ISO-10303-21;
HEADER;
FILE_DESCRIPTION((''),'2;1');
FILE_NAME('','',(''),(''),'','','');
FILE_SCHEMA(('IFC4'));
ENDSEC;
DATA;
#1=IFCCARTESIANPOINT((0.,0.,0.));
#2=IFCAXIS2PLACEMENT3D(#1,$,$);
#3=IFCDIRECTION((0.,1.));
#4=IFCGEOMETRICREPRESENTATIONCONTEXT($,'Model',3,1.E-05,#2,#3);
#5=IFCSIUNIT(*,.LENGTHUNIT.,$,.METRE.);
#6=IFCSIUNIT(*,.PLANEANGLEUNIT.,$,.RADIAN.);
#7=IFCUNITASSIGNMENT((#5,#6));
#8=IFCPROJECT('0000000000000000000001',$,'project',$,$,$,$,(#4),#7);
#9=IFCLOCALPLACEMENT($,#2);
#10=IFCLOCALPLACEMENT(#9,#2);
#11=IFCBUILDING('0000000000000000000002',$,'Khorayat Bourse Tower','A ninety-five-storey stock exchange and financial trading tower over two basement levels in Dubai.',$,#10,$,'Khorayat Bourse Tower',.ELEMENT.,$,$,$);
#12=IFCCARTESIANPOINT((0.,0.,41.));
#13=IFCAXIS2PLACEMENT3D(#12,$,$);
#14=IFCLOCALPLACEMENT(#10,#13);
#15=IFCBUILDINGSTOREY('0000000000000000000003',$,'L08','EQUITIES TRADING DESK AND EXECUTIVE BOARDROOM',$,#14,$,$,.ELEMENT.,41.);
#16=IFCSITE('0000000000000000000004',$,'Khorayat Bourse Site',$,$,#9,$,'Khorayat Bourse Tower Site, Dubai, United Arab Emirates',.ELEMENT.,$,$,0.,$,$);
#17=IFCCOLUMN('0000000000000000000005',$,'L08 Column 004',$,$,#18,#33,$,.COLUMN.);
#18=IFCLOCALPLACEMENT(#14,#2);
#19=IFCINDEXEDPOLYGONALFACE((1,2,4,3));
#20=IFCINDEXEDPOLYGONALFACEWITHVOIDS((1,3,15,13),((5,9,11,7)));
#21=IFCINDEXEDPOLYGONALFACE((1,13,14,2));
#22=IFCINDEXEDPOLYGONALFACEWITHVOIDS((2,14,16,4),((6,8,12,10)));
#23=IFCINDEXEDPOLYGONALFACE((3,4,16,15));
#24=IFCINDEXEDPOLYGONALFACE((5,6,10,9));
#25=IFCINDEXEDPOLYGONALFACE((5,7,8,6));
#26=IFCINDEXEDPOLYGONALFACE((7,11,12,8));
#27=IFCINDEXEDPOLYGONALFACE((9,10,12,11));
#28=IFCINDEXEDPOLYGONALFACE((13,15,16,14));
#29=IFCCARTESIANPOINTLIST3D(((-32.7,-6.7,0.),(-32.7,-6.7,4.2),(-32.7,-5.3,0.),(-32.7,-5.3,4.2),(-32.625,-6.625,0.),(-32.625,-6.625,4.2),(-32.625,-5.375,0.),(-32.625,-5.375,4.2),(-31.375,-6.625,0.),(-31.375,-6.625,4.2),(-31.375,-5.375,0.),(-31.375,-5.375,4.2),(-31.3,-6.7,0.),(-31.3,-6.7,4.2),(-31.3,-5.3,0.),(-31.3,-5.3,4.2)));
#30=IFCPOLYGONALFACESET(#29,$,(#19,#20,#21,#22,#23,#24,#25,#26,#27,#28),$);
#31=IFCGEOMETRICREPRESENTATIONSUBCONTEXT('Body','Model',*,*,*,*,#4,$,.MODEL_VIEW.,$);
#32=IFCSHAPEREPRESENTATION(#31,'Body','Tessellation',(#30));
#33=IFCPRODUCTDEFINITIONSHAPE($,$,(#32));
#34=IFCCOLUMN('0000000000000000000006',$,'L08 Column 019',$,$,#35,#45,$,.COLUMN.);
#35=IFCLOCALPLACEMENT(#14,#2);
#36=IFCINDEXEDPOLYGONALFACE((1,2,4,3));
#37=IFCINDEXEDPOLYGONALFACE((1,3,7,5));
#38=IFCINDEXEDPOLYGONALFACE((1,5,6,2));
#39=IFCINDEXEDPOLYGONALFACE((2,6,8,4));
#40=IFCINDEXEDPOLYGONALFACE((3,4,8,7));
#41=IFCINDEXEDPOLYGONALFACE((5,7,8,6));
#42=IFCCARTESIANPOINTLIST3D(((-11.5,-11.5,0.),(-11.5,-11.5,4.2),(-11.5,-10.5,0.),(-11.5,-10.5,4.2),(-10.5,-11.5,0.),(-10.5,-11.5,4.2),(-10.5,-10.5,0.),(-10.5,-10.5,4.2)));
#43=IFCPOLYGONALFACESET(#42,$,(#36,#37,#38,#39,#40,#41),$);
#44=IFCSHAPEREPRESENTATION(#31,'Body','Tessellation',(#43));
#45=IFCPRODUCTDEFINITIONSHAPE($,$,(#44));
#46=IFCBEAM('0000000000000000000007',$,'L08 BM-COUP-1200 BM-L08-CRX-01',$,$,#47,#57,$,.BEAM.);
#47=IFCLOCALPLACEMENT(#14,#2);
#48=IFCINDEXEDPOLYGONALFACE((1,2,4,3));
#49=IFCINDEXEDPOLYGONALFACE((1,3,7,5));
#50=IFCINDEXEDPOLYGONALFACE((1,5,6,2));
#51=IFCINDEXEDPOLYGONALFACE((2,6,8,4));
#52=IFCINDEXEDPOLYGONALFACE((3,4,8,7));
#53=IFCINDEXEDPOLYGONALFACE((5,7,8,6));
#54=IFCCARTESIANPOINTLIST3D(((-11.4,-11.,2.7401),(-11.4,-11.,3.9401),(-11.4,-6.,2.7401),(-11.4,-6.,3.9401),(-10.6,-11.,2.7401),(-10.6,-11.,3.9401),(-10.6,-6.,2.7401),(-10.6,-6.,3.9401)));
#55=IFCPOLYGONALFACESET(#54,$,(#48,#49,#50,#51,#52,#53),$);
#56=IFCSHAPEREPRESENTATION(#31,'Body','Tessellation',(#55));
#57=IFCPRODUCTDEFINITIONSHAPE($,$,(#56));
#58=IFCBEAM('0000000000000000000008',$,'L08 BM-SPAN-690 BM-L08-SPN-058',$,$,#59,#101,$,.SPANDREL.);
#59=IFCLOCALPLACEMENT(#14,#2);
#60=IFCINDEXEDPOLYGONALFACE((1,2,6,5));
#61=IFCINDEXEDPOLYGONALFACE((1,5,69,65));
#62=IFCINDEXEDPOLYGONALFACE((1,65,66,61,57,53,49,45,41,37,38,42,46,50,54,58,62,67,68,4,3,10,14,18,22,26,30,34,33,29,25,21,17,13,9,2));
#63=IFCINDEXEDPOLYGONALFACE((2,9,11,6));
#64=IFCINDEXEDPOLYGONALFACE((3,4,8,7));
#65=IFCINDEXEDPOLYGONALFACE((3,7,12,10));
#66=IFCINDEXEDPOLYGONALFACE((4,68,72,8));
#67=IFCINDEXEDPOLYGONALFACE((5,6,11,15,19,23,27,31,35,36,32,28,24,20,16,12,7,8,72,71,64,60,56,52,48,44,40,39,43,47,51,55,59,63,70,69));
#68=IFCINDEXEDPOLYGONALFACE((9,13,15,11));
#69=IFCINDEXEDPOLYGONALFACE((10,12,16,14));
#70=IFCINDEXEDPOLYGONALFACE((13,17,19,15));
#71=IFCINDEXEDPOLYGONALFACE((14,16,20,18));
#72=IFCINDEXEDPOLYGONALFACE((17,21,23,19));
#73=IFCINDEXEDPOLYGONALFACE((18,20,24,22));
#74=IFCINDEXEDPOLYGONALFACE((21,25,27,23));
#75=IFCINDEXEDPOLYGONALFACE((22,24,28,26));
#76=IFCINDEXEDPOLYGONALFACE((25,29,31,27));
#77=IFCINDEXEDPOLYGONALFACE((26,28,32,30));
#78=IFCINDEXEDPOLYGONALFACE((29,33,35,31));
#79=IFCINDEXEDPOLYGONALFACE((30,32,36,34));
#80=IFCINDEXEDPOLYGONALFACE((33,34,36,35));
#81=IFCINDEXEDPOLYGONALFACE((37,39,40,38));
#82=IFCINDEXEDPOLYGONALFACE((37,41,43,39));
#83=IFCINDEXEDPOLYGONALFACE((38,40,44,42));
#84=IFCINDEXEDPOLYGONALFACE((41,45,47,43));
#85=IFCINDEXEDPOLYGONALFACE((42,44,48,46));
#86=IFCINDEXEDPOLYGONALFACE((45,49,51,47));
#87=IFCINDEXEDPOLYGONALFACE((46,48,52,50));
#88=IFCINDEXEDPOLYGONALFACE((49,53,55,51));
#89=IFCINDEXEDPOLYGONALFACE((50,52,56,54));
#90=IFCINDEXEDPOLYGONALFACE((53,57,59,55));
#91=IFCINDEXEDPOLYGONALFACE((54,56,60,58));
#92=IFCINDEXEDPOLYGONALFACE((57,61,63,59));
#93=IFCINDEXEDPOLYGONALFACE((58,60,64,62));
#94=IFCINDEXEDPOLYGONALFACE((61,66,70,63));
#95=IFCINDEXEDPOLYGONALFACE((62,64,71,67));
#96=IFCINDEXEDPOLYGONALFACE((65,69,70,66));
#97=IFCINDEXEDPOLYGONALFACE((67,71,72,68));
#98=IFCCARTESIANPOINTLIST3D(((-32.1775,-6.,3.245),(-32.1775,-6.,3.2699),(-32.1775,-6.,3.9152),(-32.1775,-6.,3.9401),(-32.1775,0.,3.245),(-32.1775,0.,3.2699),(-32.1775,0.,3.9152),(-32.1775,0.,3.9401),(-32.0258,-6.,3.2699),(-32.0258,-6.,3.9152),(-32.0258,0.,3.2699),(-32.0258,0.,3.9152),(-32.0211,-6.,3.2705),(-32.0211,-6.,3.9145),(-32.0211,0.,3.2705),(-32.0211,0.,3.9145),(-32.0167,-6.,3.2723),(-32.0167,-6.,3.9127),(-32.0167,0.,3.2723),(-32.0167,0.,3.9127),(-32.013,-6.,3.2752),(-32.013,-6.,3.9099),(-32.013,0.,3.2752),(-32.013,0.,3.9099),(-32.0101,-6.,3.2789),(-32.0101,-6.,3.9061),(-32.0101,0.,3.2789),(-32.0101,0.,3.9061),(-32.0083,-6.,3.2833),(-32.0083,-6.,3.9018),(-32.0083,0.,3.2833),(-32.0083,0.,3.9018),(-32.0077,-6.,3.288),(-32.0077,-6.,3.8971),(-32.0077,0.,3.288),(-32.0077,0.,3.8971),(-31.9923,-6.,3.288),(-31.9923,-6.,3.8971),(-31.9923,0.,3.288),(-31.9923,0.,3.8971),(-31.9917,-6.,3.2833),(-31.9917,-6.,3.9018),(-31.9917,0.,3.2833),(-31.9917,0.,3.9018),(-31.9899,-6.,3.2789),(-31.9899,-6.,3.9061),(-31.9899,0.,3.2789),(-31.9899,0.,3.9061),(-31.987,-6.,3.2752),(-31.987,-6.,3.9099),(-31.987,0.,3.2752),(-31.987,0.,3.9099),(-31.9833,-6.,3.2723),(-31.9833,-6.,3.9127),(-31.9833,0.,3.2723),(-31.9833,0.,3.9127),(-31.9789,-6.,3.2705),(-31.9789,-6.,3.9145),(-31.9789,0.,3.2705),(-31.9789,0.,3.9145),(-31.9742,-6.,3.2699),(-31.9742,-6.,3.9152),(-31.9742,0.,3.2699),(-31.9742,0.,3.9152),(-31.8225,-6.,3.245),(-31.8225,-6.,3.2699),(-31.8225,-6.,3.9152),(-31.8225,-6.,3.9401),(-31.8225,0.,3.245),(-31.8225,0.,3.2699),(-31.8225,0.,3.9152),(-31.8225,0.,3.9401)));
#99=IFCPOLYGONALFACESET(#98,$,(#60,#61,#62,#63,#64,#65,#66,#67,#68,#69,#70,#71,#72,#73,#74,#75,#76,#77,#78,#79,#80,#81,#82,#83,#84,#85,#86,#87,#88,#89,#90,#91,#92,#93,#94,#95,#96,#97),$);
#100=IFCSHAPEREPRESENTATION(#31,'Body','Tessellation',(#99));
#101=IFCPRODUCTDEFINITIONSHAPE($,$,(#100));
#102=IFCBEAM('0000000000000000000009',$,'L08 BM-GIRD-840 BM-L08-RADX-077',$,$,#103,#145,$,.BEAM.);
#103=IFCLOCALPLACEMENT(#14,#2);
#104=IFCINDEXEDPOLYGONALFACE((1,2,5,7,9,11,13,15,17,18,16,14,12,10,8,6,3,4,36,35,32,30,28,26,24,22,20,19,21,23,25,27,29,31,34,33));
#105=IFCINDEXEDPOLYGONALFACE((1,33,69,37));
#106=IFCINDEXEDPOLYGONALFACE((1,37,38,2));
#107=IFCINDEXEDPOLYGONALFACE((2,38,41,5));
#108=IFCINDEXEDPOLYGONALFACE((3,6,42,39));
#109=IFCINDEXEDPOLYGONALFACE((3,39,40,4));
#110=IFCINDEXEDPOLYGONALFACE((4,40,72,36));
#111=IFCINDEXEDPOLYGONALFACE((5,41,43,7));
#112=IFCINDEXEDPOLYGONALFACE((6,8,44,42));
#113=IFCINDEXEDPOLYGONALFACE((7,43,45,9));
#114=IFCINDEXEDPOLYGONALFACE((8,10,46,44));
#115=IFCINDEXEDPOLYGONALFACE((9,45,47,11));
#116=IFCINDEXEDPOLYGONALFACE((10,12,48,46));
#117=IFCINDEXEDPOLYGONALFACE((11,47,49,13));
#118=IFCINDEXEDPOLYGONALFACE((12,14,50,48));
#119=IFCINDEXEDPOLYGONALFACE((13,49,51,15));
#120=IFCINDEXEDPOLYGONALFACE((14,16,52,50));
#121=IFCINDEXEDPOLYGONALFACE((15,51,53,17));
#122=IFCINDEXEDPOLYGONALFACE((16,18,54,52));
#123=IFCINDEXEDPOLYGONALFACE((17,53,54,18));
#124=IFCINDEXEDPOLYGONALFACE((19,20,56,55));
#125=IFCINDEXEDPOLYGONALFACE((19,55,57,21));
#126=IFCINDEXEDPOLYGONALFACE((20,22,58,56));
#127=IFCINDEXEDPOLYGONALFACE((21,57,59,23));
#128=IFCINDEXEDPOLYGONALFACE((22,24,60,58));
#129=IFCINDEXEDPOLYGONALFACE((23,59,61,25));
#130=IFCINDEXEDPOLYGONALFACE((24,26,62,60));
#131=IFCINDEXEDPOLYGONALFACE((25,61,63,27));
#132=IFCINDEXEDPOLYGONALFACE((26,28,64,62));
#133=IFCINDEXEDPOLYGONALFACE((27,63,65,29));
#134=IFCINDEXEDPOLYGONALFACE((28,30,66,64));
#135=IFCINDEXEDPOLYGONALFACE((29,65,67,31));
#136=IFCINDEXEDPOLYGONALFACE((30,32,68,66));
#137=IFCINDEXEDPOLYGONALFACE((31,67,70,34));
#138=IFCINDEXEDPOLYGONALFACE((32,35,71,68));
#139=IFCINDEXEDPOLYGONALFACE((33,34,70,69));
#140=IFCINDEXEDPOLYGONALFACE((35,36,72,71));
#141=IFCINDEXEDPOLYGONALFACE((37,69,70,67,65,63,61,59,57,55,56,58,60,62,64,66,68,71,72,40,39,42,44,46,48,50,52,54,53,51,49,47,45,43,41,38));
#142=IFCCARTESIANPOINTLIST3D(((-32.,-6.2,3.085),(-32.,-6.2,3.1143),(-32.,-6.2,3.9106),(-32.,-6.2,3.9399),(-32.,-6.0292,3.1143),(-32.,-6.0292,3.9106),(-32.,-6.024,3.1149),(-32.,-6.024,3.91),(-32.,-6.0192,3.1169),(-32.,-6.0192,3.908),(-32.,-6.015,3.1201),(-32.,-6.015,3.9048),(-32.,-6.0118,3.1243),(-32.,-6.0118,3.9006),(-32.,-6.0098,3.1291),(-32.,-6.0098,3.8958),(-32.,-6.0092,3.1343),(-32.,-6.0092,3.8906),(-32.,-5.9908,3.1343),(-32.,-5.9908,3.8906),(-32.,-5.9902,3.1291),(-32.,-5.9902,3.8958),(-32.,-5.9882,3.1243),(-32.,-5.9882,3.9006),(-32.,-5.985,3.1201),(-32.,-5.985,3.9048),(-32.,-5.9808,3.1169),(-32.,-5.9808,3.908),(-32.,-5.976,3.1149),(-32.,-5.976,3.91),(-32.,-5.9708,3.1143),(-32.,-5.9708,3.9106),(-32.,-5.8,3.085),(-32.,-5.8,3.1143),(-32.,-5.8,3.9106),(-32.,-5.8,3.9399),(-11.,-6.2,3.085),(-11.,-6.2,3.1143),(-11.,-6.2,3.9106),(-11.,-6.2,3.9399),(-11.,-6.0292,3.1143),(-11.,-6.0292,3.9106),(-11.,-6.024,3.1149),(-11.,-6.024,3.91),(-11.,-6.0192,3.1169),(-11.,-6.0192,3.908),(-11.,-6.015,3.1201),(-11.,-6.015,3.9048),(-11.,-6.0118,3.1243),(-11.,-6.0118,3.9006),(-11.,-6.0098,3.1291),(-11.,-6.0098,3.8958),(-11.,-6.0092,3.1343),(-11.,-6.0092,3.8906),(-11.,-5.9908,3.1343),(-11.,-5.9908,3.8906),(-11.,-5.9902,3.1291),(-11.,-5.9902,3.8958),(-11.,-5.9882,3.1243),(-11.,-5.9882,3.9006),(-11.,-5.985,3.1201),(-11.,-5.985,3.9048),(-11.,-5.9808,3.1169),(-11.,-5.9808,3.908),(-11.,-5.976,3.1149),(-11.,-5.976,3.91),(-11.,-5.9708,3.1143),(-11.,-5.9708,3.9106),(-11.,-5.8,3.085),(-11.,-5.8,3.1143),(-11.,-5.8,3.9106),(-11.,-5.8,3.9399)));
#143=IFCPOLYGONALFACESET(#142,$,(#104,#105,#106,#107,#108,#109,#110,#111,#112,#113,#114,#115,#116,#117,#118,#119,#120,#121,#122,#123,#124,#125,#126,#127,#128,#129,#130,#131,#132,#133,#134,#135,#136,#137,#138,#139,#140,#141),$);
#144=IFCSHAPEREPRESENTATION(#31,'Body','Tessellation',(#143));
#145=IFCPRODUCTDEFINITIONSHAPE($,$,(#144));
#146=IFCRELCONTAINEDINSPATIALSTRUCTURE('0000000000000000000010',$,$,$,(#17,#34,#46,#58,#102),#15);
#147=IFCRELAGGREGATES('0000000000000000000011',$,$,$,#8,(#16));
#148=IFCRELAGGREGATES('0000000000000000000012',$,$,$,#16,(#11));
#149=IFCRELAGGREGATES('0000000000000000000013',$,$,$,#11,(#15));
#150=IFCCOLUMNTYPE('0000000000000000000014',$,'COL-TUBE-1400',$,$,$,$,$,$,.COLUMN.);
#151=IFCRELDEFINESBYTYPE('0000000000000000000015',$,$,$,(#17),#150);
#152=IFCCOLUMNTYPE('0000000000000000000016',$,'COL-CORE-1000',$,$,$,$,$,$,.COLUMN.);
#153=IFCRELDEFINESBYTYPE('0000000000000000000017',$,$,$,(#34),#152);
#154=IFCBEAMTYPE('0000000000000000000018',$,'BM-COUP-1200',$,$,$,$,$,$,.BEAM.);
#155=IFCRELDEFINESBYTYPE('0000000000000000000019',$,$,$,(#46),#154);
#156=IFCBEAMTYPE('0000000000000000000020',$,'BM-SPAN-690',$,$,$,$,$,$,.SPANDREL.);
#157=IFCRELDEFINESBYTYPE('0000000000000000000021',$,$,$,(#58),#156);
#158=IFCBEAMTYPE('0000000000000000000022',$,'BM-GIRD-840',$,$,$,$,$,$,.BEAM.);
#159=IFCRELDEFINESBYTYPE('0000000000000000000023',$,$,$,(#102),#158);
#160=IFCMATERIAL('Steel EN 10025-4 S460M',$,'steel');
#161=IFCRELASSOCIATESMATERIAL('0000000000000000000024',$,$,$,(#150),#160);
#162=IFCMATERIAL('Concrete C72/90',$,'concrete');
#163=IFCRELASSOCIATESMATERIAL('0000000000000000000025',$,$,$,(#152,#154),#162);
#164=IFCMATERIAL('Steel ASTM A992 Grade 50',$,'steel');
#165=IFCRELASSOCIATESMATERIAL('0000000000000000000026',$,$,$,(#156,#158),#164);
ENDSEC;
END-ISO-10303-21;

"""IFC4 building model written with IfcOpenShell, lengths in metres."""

from ifc_helpers import new_model, si_unit, direction, frame, origin, origin_2d, place, context, subcontext, project, spatial, rectangle, hollow_rectangle, i_section, extrude, source, transform, mapped, material, material_profile, profile_set, type_object, element, save


model = new_model("IFC4")

# Units and contexts
model_context = context("Model", 3, precision=1e-05, world=origin(), true_north=direction((0.0, 1.0)))
body_context = subcontext(model_context, "Body", "Model", "MODEL_VIEW")
ifc_project = project(units=[si_unit("LENGTHUNIT", "METRE"), si_unit("PLANEANGLEUNIT", "RADIAN")], contexts=[model_context])

# Site, building, storey
site_placement = place(None, origin())
site = spatial("IfcSite", under=ifc_project, at=site_placement, Name="Khorayat Bourse Site", LongName="Khorayat Bourse Tower Site, Dubai, United Arab Emirates", CompositionType="ELEMENT", RefElevation=0.0)
building_placement = place(site_placement, origin())
building = spatial("IfcBuilding", under=site, at=building_placement, Name="Khorayat Bourse Tower", Description="A ninety-five-storey stock exchange and financial trading tower over two basement levels in Dubai.", LongName="Khorayat Bourse Tower", CompositionType="ELEMENT")
storey_placement = place(building_placement, frame((0.0, 0.0, 41.0)))
storey = spatial("IfcBuildingStorey", under=building, at=storey_placement, Name="L08", Description="EQUITIES TRADING DESK AND EXECUTIVE BOARDROOM", CompositionType="ELEMENT", Elevation=41.0)

# Columns
ifc_material_1 = material(Name="Steel EN 10025-4 S460M", Category="steel")
ifc_material_profile_1 = material_profile(ifc_material_1, hollow_rectangle(XDim=1.3999, YDim=1.3999, WallThickness=0.075, at=origin_2d()), Name="BOX 1400x1400x75")
ifc_profile_set_1 = profile_set([ifc_material_profile_1], Name="Steel EN 10025-4 S460M")
column_type_1 = type_object("IfcColumnType", Name="COL-TUBE-1400", PredefinedType="COLUMN", material=ifc_profile_set_1)
shared_shape_1 = source(origin(), body_context, "Body", "SweptSolid", [
    extrude(hollow_rectangle(XDim=1.3999, YDim=1.3999, WallThickness=0.075, at=origin_2d()), origin(), (0.0, 0.0, 1.0), 4.2),
])
column_1_placement = place(storey_placement, frame((-32.0, -6.0, 0.0), z_axis=(0.0, 0.0, 1.0), x_axis=(1.0, 0.0, 0.0)))
element("IfcColumn", 1, at=column_1_placement, inside=storey, type_object=column_type_1, Name="L08 Column 004", PredefinedType="COLUMN", context=body_context, shape_type="MappedRepresentation", body=[
    mapped(shared_shape_1, transform((0.0, 0.0, 0.0), scale=1.0)),
])
ifc_material_2 = material(Name="Concrete C72/90", Category="concrete")
ifc_material_profile_2 = material_profile(ifc_material_2, rectangle(XDim=1.0, YDim=1.0, at=origin_2d()), Name="RC 1000x1000")
ifc_profile_set_2 = profile_set([ifc_material_profile_2], Name="Concrete C72/90")
column_type_2 = type_object("IfcColumnType", Name="COL-CORE-1000", PredefinedType="COLUMN", material=ifc_profile_set_2)
shared_shape_2 = source(origin(), body_context, "Body", "SweptSolid", [
    extrude(rectangle(XDim=1.0, YDim=1.0, at=origin_2d()), origin(), (0.0, 0.0, 1.0), 4.2),
])
column_2_placement = place(storey_placement, frame((-11.0, -11.0, 0.0), z_axis=(0.0, 0.0, 1.0), x_axis=(1.0, 0.0, 0.0)))
element("IfcColumn", 2, at=column_2_placement, inside=storey, type_object=column_type_2, Name="L08 Column 019", PredefinedType="COLUMN", context=body_context, shape_type="MappedRepresentation", body=[
    mapped(shared_shape_2, transform((0.0, 0.0, 0.0), scale=1.0)),
])

# Beams
ifc_material_profile_3 = material_profile(ifc_material_2, rectangle(XDim=0.8, YDim=1.2, at=origin_2d()), Name="RC 800x1200")
ifc_profile_set_3 = profile_set([ifc_material_profile_3], Name="Concrete C72/90")
beam_type_1 = type_object("IfcBeamType", Name="BM-COUP-1200", PredefinedType="BEAM", material=ifc_profile_set_3)
shared_shape_3 = source(origin(), body_context, "Body", "SweptSolid", [
    extrude(rectangle(XDim=0.8, YDim=1.2, at=origin_2d()), origin(), (0.0, 0.0, 1.0), 5.0),
])
beam_1_placement = place(storey_placement, frame((-11.0, -11.0, 3.3401), z_axis=(0.0, 1.0, 0.0), x_axis=(-1.0, 0.0, 0.0)))
element("IfcBeam", 3, at=beam_1_placement, inside=storey, type_object=beam_type_1, Name="L08 BM-COUP-1200 BM-L08-CRX-01", PredefinedType="BEAM", context=body_context, shape_type="MappedRepresentation", body=[
    mapped(shared_shape_3, transform((0.0, 0.0, 0.0), scale=1.0)),
])
ifc_material_3 = material(Name="Steel ASTM A992 Grade 50", Category="steel")
ifc_material_profile_4 = material_profile(ifc_material_3, i_section(OverallWidth=0.355, OverallDepth=0.6951, WebThickness=0.0154, FlangeThickness=0.0249, FilletRadius=0.0181, at=origin_2d()), Name="W690X217")
ifc_profile_set_4 = profile_set([ifc_material_profile_4], Name="Steel ASTM A992 Grade 50")
beam_type_2 = type_object("IfcBeamType", Name="BM-SPAN-690", PredefinedType="SPANDREL", material=ifc_profile_set_4)
shared_shape_4 = source(origin(), body_context, "Body", "SweptSolid", [
    extrude(i_section(OverallWidth=0.355, OverallDepth=0.6951, WebThickness=0.0154, FlangeThickness=0.0249, FilletRadius=0.0181, at=origin_2d()), origin(), (0.0, 0.0, 1.0), 6.0),
])
beam_2_placement = place(storey_placement, frame((-32.0, -6.0, 3.5925), z_axis=(0.0, 1.0, 0.0), x_axis=(-1.0, 0.0, 0.0)))
element("IfcBeam", 4, at=beam_2_placement, inside=storey, type_object=beam_type_2, Name="L08 BM-SPAN-690 BM-L08-SPN-058", PredefinedType="SPANDREL", context=body_context, shape_type="MappedRepresentation", body=[
    mapped(shared_shape_4, transform((0.0, 0.0, 0.0), scale=1.0)),
])
ifc_material_profile_5 = material_profile(ifc_material_3, i_section(OverallWidth=0.3999, OverallDepth=0.855, WebThickness=0.0183, FlangeThickness=0.0293, FilletRadius=0.02, at=origin_2d()), Name="W840X299")
ifc_profile_set_5 = profile_set([ifc_material_profile_5], Name="Steel ASTM A992 Grade 50")
beam_type_3 = type_object("IfcBeamType", Name="BM-GIRD-840", PredefinedType="BEAM", material=ifc_profile_set_5)
shared_shape_5 = source(origin(), body_context, "Body", "SweptSolid", [
    extrude(i_section(OverallWidth=0.3999, OverallDepth=0.855, WebThickness=0.0183, FlangeThickness=0.0293, FilletRadius=0.02, at=origin_2d()), origin(), (0.0, 0.0, 1.0), 21.0),
])
beam_3_placement = place(storey_placement, frame((-32.0, -6.0, 3.5125), z_axis=(1.0, 0.0, 0.0), x_axis=(0.0, 1.0, 0.0)))
element("IfcBeam", 5, at=beam_3_placement, inside=storey, type_object=beam_type_3, Name="L08 BM-GIRD-840 BM-L08-RADX-077", PredefinedType="BEAM", context=body_context, shape_type="MappedRepresentation", body=[
    mapped(shared_shape_5, transform((0.0, 0.0, 0.0), scale=1.0)),
])

save(model, "model.ifc")
